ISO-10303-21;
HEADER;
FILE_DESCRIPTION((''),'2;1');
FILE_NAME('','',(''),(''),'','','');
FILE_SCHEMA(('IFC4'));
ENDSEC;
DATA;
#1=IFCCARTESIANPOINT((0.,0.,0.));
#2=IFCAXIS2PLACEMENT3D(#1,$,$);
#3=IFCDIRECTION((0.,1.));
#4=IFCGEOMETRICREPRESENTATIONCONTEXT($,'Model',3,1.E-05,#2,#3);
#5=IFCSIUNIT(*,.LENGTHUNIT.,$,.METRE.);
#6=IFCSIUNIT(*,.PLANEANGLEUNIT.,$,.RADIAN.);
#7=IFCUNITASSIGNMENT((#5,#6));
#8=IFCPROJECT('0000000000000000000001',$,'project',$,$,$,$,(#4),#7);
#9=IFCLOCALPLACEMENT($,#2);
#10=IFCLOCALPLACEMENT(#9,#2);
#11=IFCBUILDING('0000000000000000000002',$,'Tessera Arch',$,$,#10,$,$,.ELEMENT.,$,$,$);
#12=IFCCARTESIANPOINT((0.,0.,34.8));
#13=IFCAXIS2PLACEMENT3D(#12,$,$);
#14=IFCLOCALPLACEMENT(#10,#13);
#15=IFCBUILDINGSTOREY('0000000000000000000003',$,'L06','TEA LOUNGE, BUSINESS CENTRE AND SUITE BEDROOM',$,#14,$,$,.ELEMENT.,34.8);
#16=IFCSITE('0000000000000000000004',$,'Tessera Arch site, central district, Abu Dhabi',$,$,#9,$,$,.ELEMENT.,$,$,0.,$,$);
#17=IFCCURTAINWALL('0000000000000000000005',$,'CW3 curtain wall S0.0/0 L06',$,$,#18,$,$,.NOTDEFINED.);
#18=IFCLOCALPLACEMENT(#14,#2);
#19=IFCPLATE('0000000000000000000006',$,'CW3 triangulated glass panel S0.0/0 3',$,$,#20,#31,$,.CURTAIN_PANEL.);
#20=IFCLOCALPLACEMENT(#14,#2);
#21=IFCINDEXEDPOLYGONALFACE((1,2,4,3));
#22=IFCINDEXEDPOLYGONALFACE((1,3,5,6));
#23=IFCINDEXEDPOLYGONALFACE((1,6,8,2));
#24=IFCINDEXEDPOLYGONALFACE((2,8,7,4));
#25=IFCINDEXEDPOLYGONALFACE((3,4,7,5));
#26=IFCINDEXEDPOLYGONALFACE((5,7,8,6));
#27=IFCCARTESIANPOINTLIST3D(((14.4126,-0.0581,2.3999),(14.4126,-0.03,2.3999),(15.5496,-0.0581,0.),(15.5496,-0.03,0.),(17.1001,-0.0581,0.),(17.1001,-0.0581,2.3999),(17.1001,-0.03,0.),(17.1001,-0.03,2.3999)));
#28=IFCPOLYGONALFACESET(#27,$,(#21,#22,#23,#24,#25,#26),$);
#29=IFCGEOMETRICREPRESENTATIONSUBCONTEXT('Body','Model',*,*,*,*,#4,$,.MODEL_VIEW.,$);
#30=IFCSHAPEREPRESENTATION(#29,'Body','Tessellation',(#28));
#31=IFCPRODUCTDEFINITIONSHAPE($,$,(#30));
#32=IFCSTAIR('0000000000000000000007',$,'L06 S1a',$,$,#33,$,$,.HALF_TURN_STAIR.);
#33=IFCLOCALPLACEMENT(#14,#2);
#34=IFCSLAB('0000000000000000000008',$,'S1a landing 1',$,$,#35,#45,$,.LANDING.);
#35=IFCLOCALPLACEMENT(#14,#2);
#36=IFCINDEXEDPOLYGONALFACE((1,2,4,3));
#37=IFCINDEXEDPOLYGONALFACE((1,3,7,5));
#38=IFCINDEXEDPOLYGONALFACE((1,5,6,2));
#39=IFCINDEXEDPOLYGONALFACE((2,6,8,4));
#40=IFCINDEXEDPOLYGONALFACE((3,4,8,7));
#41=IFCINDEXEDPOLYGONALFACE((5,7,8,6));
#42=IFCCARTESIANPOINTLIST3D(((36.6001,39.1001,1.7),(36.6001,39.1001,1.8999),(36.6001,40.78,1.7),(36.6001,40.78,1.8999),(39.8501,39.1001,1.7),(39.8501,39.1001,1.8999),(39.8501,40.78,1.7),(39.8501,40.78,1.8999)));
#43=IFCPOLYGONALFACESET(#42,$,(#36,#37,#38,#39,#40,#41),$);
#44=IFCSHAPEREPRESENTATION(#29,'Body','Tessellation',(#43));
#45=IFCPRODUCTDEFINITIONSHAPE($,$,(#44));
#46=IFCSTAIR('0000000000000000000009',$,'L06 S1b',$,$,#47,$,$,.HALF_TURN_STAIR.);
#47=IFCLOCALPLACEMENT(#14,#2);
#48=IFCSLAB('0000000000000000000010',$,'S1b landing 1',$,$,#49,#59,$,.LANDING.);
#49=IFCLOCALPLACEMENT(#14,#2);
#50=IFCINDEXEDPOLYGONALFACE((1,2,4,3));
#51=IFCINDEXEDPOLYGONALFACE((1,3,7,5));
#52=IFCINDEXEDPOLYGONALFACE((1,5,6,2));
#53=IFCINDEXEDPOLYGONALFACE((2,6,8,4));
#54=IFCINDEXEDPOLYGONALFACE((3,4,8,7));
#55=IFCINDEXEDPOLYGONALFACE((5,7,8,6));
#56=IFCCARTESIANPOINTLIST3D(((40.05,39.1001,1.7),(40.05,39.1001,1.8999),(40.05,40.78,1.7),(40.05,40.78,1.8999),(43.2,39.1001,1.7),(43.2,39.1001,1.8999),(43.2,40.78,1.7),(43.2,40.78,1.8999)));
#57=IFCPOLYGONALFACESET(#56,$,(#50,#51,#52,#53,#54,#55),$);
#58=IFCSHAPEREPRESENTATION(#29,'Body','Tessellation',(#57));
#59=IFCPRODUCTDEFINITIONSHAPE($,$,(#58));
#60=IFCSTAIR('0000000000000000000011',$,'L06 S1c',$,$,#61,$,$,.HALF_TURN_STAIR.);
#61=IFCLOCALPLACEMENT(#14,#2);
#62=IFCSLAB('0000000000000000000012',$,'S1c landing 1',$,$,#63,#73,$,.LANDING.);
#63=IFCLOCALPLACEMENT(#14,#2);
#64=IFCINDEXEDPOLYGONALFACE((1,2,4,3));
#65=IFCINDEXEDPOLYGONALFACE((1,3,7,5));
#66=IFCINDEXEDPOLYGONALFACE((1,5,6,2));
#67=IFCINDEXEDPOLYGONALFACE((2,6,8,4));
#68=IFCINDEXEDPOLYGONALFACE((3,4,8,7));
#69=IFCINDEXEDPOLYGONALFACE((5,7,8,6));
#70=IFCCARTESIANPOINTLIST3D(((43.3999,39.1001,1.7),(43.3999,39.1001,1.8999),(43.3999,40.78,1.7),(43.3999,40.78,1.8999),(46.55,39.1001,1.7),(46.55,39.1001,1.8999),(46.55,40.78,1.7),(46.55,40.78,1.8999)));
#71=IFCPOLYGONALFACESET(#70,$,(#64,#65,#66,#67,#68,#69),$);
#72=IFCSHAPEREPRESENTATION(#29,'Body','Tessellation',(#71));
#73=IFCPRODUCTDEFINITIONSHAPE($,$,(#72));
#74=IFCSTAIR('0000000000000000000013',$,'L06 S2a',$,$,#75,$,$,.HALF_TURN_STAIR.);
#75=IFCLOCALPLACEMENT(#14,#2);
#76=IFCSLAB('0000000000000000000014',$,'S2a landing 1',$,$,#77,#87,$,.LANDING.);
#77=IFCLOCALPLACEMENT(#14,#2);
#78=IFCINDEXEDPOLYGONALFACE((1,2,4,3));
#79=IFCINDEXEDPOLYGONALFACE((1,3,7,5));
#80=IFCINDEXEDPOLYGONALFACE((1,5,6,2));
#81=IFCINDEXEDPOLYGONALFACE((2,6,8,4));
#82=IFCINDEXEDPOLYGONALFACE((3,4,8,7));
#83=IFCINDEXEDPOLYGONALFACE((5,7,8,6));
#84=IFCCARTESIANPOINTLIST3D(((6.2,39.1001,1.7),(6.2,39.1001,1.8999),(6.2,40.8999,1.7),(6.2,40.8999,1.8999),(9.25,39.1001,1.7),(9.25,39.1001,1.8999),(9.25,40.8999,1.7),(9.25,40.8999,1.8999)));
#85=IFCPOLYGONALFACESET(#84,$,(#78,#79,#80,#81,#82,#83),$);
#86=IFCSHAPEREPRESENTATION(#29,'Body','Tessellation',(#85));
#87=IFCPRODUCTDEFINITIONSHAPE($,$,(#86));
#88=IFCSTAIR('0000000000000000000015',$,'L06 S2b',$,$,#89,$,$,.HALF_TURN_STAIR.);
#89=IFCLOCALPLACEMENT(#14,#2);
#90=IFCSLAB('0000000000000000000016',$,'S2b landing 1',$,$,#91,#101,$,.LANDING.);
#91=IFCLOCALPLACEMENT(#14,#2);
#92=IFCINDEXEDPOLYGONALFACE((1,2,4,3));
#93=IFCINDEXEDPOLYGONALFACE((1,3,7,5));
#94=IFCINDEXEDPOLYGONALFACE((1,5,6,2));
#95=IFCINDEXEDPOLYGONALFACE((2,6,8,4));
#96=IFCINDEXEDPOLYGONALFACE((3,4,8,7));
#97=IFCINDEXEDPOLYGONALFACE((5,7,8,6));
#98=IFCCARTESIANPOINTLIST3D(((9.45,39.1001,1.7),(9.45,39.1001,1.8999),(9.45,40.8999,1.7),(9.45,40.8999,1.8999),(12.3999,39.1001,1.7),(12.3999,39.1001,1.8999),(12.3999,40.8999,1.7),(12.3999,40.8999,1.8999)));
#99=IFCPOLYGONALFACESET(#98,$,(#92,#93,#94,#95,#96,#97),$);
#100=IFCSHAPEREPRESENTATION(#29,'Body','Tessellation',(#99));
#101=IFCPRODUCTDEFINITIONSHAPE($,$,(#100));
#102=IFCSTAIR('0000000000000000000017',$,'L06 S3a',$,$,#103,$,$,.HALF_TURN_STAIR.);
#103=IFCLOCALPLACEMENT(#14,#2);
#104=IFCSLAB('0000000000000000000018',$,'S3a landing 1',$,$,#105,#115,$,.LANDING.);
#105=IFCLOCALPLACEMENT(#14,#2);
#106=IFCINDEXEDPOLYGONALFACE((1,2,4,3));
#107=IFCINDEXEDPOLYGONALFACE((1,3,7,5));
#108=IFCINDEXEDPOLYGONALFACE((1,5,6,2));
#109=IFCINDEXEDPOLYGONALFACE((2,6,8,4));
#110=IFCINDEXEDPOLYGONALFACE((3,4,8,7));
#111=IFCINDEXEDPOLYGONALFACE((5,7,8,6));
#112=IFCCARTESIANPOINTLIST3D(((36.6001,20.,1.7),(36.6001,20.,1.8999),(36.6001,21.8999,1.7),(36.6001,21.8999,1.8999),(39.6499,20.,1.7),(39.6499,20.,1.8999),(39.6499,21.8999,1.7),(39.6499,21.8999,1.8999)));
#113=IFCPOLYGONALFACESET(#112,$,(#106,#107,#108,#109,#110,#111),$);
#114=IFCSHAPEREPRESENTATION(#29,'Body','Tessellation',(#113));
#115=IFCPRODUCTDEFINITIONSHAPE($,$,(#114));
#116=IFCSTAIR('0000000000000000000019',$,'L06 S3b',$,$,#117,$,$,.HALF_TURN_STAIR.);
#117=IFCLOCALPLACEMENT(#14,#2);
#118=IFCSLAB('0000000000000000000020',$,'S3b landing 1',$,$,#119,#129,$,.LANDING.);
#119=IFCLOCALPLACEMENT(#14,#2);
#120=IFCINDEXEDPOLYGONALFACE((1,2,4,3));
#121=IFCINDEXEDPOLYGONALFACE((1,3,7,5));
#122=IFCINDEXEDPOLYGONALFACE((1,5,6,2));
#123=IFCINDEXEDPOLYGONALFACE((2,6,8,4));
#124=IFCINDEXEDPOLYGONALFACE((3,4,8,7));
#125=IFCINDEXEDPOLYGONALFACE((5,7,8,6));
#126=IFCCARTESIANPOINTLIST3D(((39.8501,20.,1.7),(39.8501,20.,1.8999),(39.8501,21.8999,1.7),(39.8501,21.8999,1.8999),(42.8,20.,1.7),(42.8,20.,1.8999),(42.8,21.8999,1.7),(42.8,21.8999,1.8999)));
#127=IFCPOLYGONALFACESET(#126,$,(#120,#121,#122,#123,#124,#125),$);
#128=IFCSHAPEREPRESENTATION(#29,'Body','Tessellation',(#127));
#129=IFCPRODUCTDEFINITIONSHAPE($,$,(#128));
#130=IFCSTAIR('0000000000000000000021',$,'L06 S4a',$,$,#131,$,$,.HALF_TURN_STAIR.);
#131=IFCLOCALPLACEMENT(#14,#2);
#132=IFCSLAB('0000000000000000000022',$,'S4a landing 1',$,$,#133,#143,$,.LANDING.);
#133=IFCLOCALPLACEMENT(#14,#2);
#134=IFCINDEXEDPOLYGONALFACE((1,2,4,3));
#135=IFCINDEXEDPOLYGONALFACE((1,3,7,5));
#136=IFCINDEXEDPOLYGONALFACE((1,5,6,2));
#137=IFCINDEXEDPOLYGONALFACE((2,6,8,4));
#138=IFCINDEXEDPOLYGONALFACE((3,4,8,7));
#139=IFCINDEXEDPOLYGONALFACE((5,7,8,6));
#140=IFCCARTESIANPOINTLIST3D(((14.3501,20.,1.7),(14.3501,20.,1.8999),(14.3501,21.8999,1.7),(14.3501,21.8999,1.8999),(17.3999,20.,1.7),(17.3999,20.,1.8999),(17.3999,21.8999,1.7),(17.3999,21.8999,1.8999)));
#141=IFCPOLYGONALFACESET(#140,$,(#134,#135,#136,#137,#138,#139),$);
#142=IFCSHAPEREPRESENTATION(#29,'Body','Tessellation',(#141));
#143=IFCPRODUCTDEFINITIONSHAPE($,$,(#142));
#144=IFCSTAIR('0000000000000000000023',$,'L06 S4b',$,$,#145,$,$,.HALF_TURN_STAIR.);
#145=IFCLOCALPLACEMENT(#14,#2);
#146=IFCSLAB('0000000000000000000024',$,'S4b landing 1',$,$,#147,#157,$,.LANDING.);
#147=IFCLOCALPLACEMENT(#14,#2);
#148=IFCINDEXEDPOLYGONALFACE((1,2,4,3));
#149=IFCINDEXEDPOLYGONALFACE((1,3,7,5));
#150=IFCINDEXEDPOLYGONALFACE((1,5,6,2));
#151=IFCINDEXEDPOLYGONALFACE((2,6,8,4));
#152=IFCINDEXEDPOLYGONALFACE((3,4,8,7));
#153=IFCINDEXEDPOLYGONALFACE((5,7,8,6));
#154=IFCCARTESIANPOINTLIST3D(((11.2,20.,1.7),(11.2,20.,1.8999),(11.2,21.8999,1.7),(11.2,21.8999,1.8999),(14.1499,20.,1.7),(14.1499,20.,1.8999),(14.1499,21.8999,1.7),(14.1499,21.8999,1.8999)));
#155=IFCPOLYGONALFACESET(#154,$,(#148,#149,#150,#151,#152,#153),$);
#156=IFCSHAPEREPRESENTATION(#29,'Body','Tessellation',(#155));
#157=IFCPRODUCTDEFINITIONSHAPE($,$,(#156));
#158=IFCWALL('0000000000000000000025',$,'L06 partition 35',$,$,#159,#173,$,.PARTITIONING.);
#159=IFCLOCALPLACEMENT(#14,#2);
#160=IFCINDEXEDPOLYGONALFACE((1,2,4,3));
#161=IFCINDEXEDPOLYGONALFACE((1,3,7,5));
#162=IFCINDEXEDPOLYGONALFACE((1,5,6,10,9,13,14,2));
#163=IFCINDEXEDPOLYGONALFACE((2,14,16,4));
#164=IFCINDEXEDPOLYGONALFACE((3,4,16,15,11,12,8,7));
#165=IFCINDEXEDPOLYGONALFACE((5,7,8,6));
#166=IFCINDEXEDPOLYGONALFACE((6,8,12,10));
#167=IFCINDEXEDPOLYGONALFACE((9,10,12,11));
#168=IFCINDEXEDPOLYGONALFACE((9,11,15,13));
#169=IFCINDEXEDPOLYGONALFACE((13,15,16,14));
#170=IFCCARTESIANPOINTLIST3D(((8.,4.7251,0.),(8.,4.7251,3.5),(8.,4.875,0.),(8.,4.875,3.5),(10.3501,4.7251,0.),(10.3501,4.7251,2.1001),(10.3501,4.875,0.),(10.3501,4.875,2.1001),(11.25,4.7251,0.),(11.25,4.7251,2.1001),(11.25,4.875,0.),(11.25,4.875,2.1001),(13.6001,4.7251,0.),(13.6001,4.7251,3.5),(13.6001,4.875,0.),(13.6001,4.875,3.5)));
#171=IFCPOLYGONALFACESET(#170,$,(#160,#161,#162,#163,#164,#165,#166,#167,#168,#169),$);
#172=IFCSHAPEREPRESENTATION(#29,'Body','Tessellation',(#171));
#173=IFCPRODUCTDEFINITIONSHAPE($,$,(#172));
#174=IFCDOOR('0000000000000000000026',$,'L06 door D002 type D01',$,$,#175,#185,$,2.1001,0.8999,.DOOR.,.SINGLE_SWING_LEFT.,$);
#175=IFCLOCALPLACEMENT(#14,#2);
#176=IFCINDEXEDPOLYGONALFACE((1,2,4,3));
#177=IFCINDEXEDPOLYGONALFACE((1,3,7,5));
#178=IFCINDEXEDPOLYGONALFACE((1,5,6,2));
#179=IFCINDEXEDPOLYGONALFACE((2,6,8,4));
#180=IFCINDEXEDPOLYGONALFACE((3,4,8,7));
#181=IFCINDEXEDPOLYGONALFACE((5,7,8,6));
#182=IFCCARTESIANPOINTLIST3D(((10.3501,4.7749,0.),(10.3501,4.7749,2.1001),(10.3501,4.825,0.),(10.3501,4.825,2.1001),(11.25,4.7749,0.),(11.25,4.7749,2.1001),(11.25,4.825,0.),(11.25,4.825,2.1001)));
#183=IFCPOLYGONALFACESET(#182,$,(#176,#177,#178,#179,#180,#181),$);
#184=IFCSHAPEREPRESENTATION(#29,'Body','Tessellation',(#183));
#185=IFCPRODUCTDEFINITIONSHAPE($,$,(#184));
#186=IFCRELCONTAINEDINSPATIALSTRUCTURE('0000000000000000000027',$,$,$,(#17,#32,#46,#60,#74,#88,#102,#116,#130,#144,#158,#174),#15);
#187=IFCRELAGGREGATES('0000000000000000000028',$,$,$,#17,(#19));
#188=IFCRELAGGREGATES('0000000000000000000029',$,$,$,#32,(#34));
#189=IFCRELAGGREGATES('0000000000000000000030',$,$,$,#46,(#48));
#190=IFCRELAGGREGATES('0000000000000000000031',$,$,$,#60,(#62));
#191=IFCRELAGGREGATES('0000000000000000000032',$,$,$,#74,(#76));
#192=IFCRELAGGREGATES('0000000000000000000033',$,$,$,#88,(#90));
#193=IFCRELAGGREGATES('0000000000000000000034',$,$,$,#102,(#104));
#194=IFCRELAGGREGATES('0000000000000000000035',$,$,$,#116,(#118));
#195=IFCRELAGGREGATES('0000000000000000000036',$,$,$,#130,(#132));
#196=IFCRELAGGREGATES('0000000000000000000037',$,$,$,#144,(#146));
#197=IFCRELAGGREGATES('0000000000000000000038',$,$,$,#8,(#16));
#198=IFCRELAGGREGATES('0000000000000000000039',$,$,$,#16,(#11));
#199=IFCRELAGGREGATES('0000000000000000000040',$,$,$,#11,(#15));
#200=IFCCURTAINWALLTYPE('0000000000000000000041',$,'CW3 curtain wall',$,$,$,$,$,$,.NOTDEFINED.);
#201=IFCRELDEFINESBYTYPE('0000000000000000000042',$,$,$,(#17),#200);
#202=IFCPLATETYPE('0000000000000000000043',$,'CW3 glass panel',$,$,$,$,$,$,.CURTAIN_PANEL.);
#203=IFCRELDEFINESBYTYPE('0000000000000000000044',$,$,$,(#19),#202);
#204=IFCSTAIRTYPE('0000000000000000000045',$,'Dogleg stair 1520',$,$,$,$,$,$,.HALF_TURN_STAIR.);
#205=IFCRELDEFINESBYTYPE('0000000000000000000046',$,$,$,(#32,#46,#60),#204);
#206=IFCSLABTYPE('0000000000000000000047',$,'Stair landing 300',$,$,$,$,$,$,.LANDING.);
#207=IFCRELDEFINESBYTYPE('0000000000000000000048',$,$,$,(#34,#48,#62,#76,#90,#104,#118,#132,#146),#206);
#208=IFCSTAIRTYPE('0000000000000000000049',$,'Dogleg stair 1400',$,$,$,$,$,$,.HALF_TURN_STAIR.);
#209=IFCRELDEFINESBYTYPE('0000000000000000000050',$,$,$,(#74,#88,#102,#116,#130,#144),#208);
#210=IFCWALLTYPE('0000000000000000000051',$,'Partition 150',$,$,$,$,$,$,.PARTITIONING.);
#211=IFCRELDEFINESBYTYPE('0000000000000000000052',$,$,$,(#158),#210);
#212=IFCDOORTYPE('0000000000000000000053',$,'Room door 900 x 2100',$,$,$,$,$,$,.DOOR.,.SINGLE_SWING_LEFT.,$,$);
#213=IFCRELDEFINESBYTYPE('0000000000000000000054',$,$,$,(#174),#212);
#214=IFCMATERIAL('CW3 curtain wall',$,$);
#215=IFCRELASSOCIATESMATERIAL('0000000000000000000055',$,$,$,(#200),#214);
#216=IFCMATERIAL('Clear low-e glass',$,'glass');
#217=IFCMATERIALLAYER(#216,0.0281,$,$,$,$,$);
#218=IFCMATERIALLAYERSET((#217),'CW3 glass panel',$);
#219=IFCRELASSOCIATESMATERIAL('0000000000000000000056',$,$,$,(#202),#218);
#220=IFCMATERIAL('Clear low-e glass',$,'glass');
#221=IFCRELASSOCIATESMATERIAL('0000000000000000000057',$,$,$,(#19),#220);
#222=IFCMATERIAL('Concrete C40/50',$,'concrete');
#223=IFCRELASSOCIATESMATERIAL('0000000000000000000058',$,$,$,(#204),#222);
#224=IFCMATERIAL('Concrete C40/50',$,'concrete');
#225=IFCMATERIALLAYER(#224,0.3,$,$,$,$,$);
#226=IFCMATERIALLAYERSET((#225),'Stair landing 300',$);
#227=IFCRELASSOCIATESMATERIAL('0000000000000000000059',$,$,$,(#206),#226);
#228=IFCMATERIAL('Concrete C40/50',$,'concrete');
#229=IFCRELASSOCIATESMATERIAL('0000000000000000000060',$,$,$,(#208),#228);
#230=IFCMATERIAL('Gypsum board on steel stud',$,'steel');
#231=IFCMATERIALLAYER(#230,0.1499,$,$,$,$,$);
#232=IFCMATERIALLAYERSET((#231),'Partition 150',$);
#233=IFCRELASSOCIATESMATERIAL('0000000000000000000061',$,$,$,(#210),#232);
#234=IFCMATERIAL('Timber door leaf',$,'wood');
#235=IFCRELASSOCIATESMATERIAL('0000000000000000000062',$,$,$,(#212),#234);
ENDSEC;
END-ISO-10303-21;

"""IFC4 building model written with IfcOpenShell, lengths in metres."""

from ifc_helpers import new_model, si_unit, direction, frame, frame_2d, origin, place, context, subcontext, project, spatial, polyline, rectangle, outline, extrude, material, layer, layer_set, type_object, element, fill, aggregate, save


model = new_model("IFC4")

# Units and contexts
model_context = context("Model", 3, precision=1e-05, world=origin(), true_north=direction((0.0, 1.0)))
body_context = subcontext(model_context, "Body", "Model", "MODEL_VIEW")
ifc_project = project(units=[si_unit("LENGTHUNIT", "METRE"), si_unit("PLANEANGLEUNIT", "RADIAN")], contexts=[model_context])

# Site, building, storey
site_placement = place(None, origin())
site = spatial("IfcSite", under=ifc_project, at=site_placement, Name="Tessera Arch site, central district, Abu Dhabi", CompositionType="ELEMENT", RefElevation=0.0)
building_placement = place(site_placement, origin())
building = spatial("IfcBuilding", under=site, at=building_placement, Name="Tessera Arch", CompositionType="ELEMENT")
storey_placement = place(building_placement, frame((0.0, 0.0, 34.8)))
storey = spatial("IfcBuildingStorey", under=building, at=storey_placement, Name="L06", Description="TEA LOUNGE, BUSINESS CENTRE AND SUITE BEDROOM", CompositionType="ELEMENT", Elevation=34.8)

# Curtain wall
ifc_material_1 = material(Name="CW3 curtain wall")
curtain_wall_type_1 = type_object("IfcCurtainWallType", Name="CW3 curtain wall", PredefinedType="NOTDEFINED", material=ifc_material_1)
curtain_wall_1_placement = place(storey_placement, origin())
curtain_wall_1 = element("IfcCurtainWall", 1, at=curtain_wall_1_placement, inside=storey, type_object=curtain_wall_type_1, Name="CW3 curtain wall S0.0/0 L06", PredefinedType="NOTDEFINED")

# Plate
ifc_material_2 = material(Name="Clear low-e glass", Category="glass")
ifc_material_3 = material(Name="Clear low-e glass", Category="glass")
ifc_layer_1 = layer(ifc_material_3, 0.0281)
ifc_layer_set_1 = layer_set([ifc_layer_1], Name="CW3 glass panel")
plate_type_1 = type_object("IfcPlateType", Name="CW3 glass panel", PredefinedType="CURTAIN_PANEL", material=ifc_layer_set_1)
plate_1_placement = place(storey_placement, frame((17.1001, -0.0581, 2.3999), z_axis=(0.0, -1.0, 0.0), x_axis=(-1.0, 0.0, 0.0)))
plate_1 = element("IfcPlate", 2, at=plate_1_placement, type_object=plate_type_1, material=ifc_material_2, Name="CW3 triangulated glass panel S0.0/0 3", PredefinedType="CURTAIN_PANEL", context=body_context, shape_type="SweptSolid", body=[
    extrude(outline(polyline([(0.0, 0.0), (2.6875, 0.0), (1.5505, 2.3999), (0.0, 2.3999), (0.0, 0.0)])), origin(), (0.0, 0.0, -1.0), 0.0281),
])
aggregate(curtain_wall_1, [plate_1])

# Stairs, slabs
ifc_material_4 = material(Name="Concrete C40/50", Category="concrete")
stair_type_1 = type_object("IfcStairType", Name="Dogleg stair 1520", PredefinedType="HALF_TURN_STAIR", material=ifc_material_4)
stair_1_placement = place(storey_placement, origin())
stair_1 = element("IfcStair", 3, at=stair_1_placement, inside=storey, type_object=stair_type_1, Name="L06 S1a", PredefinedType="HALF_TURN_STAIR")
ifc_material_5 = material(Name="Concrete C40/50", Category="concrete")
ifc_layer_2 = layer(ifc_material_5, 0.3)
ifc_layer_set_2 = layer_set([ifc_layer_2], Name="Stair landing 300")
slab_type = type_object("IfcSlabType", Name="Stair landing 300", PredefinedType="LANDING", material=ifc_layer_set_2)
slab_1_placement = place(storey_placement, frame((0.0, 0.0, 1.7)))
slab_1 = element("IfcSlab", 4, at=slab_1_placement, type_object=slab_type, Name="S1a landing 1", PredefinedType="LANDING", context=body_context, shape_type="SweptSolid", body=[
    extrude(outline(polyline([(36.6001, 40.78), (36.6001, 39.1001), (39.8501, 39.1001), (39.8501, 40.78), (36.6001, 40.78)])), origin(), (0.0, 0.0, 1.0), 0.2),
])
aggregate(stair_1, [slab_1])
stair_2_placement = place(storey_placement, origin())
stair_2 = element("IfcStair", 5, at=stair_2_placement, inside=storey, type_object=stair_type_1, Name="L06 S1b", PredefinedType="HALF_TURN_STAIR")
slab_2_placement = place(storey_placement, frame((0.0, 0.0, 1.7)))
slab_2 = element("IfcSlab", 6, at=slab_2_placement, type_object=slab_type, Name="S1b landing 1", PredefinedType="LANDING", context=body_context, shape_type="SweptSolid", body=[
    extrude(outline(polyline([(40.05, 40.78), (40.05, 39.1001), (43.2, 39.1001), (43.2, 40.78), (40.05, 40.78)])), origin(), (0.0, 0.0, 1.0), 0.2),
])
aggregate(stair_2, [slab_2])
stair_3_placement = place(storey_placement, origin())
stair_3 = element("IfcStair", 7, at=stair_3_placement, inside=storey, type_object=stair_type_1, Name="L06 S1c", PredefinedType="HALF_TURN_STAIR")
slab_3_placement = place(storey_placement, frame((0.0, 0.0, 1.7)))
slab_3 = element("IfcSlab", 8, at=slab_3_placement, type_object=slab_type, Name="S1c landing 1", PredefinedType="LANDING", context=body_context, shape_type="SweptSolid", body=[
    extrude(outline(polyline([(43.3999, 40.78), (43.3999, 39.1001), (46.55, 39.1001), (46.55, 40.78), (43.3999, 40.78)])), origin(), (0.0, 0.0, 1.0), 0.2),
])
aggregate(stair_3, [slab_3])
ifc_material_6 = material(Name="Concrete C40/50", Category="concrete")
stair_type_2 = type_object("IfcStairType", Name="Dogleg stair 1400", PredefinedType="HALF_TURN_STAIR", material=ifc_material_6)
stair_4_placement = place(storey_placement, origin())
stair_4 = element("IfcStair", 9, at=stair_4_placement, inside=storey, type_object=stair_type_2, Name="L06 S2a", PredefinedType="HALF_TURN_STAIR")
slab_4_placement = place(storey_placement, frame((0.0, 0.0, 1.7)))
slab_4 = element("IfcSlab", 10, at=slab_4_placement, type_object=slab_type, Name="S2a landing 1", PredefinedType="LANDING", context=body_context, shape_type="SweptSolid", body=[
    extrude(outline(polyline([(6.2, 40.8999), (6.2, 39.1001), (9.25, 39.1001), (9.25, 40.8999), (6.2, 40.8999)])), origin(), (0.0, 0.0, 1.0), 0.2),
])
aggregate(stair_4, [slab_4])
stair_5_placement = place(storey_placement, origin())
stair_5 = element("IfcStair", 11, at=stair_5_placement, inside=storey, type_object=stair_type_2, Name="L06 S2b", PredefinedType="HALF_TURN_STAIR")
slab_5_placement = place(storey_placement, frame((0.0, 0.0, 1.7)))
slab_5 = element("IfcSlab", 12, at=slab_5_placement, type_object=slab_type, Name="S2b landing 1", PredefinedType="LANDING", context=body_context, shape_type="SweptSolid", body=[
    extrude(outline(polyline([(9.45, 40.8999), (9.45, 39.1001), (12.3999, 39.1001), (12.3999, 40.8999), (9.45, 40.8999)])), origin(), (0.0, 0.0, 1.0), 0.2),
])
aggregate(stair_5, [slab_5])
stair_6_placement = place(storey_placement, origin())
stair_6 = element("IfcStair", 13, at=stair_6_placement, inside=storey, type_object=stair_type_2, Name="L06 S3a", PredefinedType="HALF_TURN_STAIR")
slab_6_placement = place(storey_placement, frame((0.0, 0.0, 1.7)))
slab_6 = element("IfcSlab", 14, at=slab_6_placement, type_object=slab_type, Name="S3a landing 1", PredefinedType="LANDING", context=body_context, shape_type="SweptSolid", body=[
    extrude(outline(polyline([(39.6499, 20.0), (39.6499, 21.8999), (36.6001, 21.8999), (36.6001, 20.0), (39.6499, 20.0)])), origin(), (0.0, 0.0, 1.0), 0.2),
])
aggregate(stair_6, [slab_6])
stair_7_placement = place(storey_placement, origin())
stair_7 = element("IfcStair", 15, at=stair_7_placement, inside=storey, type_object=stair_type_2, Name="L06 S3b", PredefinedType="HALF_TURN_STAIR")
slab_7_placement = place(storey_placement, frame((0.0, 0.0, 1.7)))
slab_7 = element("IfcSlab", 16, at=slab_7_placement, type_object=slab_type, Name="S3b landing 1", PredefinedType="LANDING", context=body_context, shape_type="SweptSolid", body=[
    extrude(outline(polyline([(42.8, 20.0), (42.8, 21.8999), (39.8501, 21.8999), (39.8501, 20.0), (42.8, 20.0)])), origin(), (0.0, 0.0, 1.0), 0.2),
])
aggregate(stair_7, [slab_7])
stair_8_placement = place(storey_placement, origin())
stair_8 = element("IfcStair", 17, at=stair_8_placement, inside=storey, type_object=stair_type_2, Name="L06 S4a", PredefinedType="HALF_TURN_STAIR")
slab_8_placement = place(storey_placement, frame((0.0, 0.0, 1.7)))
slab_8 = element("IfcSlab", 18, at=slab_8_placement, type_object=slab_type, Name="S4a landing 1", PredefinedType="LANDING", context=body_context, shape_type="SweptSolid", body=[
    extrude(outline(polyline([(17.3999, 20.0), (17.3999, 21.8999), (14.3501, 21.8999), (14.3501, 20.0), (17.3999, 20.0)])), origin(), (0.0, 0.0, 1.0), 0.2),
])
aggregate(stair_8, [slab_8])
stair_9_placement = place(storey_placement, origin())
stair_9 = element("IfcStair", 19, at=stair_9_placement, inside=storey, type_object=stair_type_2, Name="L06 S4b", PredefinedType="HALF_TURN_STAIR")
slab_9_placement = place(storey_placement, frame((0.0, 0.0, 1.7)))
slab_9 = element("IfcSlab", 20, at=slab_9_placement, type_object=slab_type, Name="S4b landing 1", PredefinedType="LANDING", context=body_context, shape_type="SweptSolid", body=[
    extrude(outline(polyline([(14.1499, 20.0), (14.1499, 21.8999), (11.2, 21.8999), (11.2, 20.0), (14.1499, 20.0)])), origin(), (0.0, 0.0, 1.0), 0.2),
])
aggregate(stair_9, [slab_9])

# Wall, opening, door
ifc_material_7 = material(Name="Gypsum board on steel stud", Category="steel")
ifc_layer_3 = layer(ifc_material_7, 0.1499)
ifc_layer_set_3 = layer_set([ifc_layer_3], Name="Partition 150")
wall_type_1 = type_object("IfcWallType", Name="Partition 150", PredefinedType="PARTITIONING", material=ifc_layer_set_3)
wall_1_placement = place(storey_placement, frame((8.0, 4.8, 0.0), z_axis=(0.0, 0.0, 1.0), x_axis=(1.0, 0.0, 0.0)))
wall_1 = element("IfcWall", 21, at=wall_1_placement, inside=storey, type_object=wall_type_1, Name="L06 partition 35", PredefinedType="PARTITIONING", context=body_context, shape_type="SweptSolid", body=[
    extrude(rectangle(XDim=5.6001, YDim=0.1499, at=frame_2d((2.8, 0.0))), origin(), (0.0, 0.0, 1.0), 3.5),
])
opening_1_placement = place(wall_1_placement, frame((2.3501, 0.0, 0.0)))
opening_1 = element("IfcOpeningElement", 22, at=opening_1_placement, cuts=wall_1, PredefinedType="OPENING", context=body_context, shape_type="SweptSolid", body=[
    extrude(rectangle(XDim=0.8999, YDim=2.1001, at=frame_2d((0.45, 1.05))), frame((0.0, 0.085, 0.0), z_axis=(0.0, -1.0, 0.0), x_axis=(1.0, 0.0, 0.0)), (0.0, 0.0, 1.0), 0.1699),
])
ifc_material_8 = material(Name="Timber door leaf", Category="wood")
door_type = type_object("IfcDoorType", Name="Room door 900 x 2100", OperationType="SINGLE_SWING_LEFT", PredefinedType="DOOR", material=ifc_material_8)
door_1_placement = place(opening_1_placement, origin())
door_1 = element("IfcDoor", 23, at=door_1_placement, inside=storey, type_object=door_type, Name="L06 door D002 type D01", OperationType="SINGLE_SWING_LEFT", OverallHeight=2.1001, OverallWidth=0.8999, PredefinedType="DOOR", context=body_context, shape_type="SweptSolid", body=[
    extrude(rectangle(XDim=0.8999, YDim=2.1001, at=frame_2d((0.45, 1.05))), frame((0.0, 0.0249, 0.0), z_axis=(0.0, -1.0, 0.0), x_axis=(1.0, 0.0, 0.0)), (0.0, 0.0, 1.0), 0.05),
])
fill(opening_1, door_1)

save(model, "model.ifc")
